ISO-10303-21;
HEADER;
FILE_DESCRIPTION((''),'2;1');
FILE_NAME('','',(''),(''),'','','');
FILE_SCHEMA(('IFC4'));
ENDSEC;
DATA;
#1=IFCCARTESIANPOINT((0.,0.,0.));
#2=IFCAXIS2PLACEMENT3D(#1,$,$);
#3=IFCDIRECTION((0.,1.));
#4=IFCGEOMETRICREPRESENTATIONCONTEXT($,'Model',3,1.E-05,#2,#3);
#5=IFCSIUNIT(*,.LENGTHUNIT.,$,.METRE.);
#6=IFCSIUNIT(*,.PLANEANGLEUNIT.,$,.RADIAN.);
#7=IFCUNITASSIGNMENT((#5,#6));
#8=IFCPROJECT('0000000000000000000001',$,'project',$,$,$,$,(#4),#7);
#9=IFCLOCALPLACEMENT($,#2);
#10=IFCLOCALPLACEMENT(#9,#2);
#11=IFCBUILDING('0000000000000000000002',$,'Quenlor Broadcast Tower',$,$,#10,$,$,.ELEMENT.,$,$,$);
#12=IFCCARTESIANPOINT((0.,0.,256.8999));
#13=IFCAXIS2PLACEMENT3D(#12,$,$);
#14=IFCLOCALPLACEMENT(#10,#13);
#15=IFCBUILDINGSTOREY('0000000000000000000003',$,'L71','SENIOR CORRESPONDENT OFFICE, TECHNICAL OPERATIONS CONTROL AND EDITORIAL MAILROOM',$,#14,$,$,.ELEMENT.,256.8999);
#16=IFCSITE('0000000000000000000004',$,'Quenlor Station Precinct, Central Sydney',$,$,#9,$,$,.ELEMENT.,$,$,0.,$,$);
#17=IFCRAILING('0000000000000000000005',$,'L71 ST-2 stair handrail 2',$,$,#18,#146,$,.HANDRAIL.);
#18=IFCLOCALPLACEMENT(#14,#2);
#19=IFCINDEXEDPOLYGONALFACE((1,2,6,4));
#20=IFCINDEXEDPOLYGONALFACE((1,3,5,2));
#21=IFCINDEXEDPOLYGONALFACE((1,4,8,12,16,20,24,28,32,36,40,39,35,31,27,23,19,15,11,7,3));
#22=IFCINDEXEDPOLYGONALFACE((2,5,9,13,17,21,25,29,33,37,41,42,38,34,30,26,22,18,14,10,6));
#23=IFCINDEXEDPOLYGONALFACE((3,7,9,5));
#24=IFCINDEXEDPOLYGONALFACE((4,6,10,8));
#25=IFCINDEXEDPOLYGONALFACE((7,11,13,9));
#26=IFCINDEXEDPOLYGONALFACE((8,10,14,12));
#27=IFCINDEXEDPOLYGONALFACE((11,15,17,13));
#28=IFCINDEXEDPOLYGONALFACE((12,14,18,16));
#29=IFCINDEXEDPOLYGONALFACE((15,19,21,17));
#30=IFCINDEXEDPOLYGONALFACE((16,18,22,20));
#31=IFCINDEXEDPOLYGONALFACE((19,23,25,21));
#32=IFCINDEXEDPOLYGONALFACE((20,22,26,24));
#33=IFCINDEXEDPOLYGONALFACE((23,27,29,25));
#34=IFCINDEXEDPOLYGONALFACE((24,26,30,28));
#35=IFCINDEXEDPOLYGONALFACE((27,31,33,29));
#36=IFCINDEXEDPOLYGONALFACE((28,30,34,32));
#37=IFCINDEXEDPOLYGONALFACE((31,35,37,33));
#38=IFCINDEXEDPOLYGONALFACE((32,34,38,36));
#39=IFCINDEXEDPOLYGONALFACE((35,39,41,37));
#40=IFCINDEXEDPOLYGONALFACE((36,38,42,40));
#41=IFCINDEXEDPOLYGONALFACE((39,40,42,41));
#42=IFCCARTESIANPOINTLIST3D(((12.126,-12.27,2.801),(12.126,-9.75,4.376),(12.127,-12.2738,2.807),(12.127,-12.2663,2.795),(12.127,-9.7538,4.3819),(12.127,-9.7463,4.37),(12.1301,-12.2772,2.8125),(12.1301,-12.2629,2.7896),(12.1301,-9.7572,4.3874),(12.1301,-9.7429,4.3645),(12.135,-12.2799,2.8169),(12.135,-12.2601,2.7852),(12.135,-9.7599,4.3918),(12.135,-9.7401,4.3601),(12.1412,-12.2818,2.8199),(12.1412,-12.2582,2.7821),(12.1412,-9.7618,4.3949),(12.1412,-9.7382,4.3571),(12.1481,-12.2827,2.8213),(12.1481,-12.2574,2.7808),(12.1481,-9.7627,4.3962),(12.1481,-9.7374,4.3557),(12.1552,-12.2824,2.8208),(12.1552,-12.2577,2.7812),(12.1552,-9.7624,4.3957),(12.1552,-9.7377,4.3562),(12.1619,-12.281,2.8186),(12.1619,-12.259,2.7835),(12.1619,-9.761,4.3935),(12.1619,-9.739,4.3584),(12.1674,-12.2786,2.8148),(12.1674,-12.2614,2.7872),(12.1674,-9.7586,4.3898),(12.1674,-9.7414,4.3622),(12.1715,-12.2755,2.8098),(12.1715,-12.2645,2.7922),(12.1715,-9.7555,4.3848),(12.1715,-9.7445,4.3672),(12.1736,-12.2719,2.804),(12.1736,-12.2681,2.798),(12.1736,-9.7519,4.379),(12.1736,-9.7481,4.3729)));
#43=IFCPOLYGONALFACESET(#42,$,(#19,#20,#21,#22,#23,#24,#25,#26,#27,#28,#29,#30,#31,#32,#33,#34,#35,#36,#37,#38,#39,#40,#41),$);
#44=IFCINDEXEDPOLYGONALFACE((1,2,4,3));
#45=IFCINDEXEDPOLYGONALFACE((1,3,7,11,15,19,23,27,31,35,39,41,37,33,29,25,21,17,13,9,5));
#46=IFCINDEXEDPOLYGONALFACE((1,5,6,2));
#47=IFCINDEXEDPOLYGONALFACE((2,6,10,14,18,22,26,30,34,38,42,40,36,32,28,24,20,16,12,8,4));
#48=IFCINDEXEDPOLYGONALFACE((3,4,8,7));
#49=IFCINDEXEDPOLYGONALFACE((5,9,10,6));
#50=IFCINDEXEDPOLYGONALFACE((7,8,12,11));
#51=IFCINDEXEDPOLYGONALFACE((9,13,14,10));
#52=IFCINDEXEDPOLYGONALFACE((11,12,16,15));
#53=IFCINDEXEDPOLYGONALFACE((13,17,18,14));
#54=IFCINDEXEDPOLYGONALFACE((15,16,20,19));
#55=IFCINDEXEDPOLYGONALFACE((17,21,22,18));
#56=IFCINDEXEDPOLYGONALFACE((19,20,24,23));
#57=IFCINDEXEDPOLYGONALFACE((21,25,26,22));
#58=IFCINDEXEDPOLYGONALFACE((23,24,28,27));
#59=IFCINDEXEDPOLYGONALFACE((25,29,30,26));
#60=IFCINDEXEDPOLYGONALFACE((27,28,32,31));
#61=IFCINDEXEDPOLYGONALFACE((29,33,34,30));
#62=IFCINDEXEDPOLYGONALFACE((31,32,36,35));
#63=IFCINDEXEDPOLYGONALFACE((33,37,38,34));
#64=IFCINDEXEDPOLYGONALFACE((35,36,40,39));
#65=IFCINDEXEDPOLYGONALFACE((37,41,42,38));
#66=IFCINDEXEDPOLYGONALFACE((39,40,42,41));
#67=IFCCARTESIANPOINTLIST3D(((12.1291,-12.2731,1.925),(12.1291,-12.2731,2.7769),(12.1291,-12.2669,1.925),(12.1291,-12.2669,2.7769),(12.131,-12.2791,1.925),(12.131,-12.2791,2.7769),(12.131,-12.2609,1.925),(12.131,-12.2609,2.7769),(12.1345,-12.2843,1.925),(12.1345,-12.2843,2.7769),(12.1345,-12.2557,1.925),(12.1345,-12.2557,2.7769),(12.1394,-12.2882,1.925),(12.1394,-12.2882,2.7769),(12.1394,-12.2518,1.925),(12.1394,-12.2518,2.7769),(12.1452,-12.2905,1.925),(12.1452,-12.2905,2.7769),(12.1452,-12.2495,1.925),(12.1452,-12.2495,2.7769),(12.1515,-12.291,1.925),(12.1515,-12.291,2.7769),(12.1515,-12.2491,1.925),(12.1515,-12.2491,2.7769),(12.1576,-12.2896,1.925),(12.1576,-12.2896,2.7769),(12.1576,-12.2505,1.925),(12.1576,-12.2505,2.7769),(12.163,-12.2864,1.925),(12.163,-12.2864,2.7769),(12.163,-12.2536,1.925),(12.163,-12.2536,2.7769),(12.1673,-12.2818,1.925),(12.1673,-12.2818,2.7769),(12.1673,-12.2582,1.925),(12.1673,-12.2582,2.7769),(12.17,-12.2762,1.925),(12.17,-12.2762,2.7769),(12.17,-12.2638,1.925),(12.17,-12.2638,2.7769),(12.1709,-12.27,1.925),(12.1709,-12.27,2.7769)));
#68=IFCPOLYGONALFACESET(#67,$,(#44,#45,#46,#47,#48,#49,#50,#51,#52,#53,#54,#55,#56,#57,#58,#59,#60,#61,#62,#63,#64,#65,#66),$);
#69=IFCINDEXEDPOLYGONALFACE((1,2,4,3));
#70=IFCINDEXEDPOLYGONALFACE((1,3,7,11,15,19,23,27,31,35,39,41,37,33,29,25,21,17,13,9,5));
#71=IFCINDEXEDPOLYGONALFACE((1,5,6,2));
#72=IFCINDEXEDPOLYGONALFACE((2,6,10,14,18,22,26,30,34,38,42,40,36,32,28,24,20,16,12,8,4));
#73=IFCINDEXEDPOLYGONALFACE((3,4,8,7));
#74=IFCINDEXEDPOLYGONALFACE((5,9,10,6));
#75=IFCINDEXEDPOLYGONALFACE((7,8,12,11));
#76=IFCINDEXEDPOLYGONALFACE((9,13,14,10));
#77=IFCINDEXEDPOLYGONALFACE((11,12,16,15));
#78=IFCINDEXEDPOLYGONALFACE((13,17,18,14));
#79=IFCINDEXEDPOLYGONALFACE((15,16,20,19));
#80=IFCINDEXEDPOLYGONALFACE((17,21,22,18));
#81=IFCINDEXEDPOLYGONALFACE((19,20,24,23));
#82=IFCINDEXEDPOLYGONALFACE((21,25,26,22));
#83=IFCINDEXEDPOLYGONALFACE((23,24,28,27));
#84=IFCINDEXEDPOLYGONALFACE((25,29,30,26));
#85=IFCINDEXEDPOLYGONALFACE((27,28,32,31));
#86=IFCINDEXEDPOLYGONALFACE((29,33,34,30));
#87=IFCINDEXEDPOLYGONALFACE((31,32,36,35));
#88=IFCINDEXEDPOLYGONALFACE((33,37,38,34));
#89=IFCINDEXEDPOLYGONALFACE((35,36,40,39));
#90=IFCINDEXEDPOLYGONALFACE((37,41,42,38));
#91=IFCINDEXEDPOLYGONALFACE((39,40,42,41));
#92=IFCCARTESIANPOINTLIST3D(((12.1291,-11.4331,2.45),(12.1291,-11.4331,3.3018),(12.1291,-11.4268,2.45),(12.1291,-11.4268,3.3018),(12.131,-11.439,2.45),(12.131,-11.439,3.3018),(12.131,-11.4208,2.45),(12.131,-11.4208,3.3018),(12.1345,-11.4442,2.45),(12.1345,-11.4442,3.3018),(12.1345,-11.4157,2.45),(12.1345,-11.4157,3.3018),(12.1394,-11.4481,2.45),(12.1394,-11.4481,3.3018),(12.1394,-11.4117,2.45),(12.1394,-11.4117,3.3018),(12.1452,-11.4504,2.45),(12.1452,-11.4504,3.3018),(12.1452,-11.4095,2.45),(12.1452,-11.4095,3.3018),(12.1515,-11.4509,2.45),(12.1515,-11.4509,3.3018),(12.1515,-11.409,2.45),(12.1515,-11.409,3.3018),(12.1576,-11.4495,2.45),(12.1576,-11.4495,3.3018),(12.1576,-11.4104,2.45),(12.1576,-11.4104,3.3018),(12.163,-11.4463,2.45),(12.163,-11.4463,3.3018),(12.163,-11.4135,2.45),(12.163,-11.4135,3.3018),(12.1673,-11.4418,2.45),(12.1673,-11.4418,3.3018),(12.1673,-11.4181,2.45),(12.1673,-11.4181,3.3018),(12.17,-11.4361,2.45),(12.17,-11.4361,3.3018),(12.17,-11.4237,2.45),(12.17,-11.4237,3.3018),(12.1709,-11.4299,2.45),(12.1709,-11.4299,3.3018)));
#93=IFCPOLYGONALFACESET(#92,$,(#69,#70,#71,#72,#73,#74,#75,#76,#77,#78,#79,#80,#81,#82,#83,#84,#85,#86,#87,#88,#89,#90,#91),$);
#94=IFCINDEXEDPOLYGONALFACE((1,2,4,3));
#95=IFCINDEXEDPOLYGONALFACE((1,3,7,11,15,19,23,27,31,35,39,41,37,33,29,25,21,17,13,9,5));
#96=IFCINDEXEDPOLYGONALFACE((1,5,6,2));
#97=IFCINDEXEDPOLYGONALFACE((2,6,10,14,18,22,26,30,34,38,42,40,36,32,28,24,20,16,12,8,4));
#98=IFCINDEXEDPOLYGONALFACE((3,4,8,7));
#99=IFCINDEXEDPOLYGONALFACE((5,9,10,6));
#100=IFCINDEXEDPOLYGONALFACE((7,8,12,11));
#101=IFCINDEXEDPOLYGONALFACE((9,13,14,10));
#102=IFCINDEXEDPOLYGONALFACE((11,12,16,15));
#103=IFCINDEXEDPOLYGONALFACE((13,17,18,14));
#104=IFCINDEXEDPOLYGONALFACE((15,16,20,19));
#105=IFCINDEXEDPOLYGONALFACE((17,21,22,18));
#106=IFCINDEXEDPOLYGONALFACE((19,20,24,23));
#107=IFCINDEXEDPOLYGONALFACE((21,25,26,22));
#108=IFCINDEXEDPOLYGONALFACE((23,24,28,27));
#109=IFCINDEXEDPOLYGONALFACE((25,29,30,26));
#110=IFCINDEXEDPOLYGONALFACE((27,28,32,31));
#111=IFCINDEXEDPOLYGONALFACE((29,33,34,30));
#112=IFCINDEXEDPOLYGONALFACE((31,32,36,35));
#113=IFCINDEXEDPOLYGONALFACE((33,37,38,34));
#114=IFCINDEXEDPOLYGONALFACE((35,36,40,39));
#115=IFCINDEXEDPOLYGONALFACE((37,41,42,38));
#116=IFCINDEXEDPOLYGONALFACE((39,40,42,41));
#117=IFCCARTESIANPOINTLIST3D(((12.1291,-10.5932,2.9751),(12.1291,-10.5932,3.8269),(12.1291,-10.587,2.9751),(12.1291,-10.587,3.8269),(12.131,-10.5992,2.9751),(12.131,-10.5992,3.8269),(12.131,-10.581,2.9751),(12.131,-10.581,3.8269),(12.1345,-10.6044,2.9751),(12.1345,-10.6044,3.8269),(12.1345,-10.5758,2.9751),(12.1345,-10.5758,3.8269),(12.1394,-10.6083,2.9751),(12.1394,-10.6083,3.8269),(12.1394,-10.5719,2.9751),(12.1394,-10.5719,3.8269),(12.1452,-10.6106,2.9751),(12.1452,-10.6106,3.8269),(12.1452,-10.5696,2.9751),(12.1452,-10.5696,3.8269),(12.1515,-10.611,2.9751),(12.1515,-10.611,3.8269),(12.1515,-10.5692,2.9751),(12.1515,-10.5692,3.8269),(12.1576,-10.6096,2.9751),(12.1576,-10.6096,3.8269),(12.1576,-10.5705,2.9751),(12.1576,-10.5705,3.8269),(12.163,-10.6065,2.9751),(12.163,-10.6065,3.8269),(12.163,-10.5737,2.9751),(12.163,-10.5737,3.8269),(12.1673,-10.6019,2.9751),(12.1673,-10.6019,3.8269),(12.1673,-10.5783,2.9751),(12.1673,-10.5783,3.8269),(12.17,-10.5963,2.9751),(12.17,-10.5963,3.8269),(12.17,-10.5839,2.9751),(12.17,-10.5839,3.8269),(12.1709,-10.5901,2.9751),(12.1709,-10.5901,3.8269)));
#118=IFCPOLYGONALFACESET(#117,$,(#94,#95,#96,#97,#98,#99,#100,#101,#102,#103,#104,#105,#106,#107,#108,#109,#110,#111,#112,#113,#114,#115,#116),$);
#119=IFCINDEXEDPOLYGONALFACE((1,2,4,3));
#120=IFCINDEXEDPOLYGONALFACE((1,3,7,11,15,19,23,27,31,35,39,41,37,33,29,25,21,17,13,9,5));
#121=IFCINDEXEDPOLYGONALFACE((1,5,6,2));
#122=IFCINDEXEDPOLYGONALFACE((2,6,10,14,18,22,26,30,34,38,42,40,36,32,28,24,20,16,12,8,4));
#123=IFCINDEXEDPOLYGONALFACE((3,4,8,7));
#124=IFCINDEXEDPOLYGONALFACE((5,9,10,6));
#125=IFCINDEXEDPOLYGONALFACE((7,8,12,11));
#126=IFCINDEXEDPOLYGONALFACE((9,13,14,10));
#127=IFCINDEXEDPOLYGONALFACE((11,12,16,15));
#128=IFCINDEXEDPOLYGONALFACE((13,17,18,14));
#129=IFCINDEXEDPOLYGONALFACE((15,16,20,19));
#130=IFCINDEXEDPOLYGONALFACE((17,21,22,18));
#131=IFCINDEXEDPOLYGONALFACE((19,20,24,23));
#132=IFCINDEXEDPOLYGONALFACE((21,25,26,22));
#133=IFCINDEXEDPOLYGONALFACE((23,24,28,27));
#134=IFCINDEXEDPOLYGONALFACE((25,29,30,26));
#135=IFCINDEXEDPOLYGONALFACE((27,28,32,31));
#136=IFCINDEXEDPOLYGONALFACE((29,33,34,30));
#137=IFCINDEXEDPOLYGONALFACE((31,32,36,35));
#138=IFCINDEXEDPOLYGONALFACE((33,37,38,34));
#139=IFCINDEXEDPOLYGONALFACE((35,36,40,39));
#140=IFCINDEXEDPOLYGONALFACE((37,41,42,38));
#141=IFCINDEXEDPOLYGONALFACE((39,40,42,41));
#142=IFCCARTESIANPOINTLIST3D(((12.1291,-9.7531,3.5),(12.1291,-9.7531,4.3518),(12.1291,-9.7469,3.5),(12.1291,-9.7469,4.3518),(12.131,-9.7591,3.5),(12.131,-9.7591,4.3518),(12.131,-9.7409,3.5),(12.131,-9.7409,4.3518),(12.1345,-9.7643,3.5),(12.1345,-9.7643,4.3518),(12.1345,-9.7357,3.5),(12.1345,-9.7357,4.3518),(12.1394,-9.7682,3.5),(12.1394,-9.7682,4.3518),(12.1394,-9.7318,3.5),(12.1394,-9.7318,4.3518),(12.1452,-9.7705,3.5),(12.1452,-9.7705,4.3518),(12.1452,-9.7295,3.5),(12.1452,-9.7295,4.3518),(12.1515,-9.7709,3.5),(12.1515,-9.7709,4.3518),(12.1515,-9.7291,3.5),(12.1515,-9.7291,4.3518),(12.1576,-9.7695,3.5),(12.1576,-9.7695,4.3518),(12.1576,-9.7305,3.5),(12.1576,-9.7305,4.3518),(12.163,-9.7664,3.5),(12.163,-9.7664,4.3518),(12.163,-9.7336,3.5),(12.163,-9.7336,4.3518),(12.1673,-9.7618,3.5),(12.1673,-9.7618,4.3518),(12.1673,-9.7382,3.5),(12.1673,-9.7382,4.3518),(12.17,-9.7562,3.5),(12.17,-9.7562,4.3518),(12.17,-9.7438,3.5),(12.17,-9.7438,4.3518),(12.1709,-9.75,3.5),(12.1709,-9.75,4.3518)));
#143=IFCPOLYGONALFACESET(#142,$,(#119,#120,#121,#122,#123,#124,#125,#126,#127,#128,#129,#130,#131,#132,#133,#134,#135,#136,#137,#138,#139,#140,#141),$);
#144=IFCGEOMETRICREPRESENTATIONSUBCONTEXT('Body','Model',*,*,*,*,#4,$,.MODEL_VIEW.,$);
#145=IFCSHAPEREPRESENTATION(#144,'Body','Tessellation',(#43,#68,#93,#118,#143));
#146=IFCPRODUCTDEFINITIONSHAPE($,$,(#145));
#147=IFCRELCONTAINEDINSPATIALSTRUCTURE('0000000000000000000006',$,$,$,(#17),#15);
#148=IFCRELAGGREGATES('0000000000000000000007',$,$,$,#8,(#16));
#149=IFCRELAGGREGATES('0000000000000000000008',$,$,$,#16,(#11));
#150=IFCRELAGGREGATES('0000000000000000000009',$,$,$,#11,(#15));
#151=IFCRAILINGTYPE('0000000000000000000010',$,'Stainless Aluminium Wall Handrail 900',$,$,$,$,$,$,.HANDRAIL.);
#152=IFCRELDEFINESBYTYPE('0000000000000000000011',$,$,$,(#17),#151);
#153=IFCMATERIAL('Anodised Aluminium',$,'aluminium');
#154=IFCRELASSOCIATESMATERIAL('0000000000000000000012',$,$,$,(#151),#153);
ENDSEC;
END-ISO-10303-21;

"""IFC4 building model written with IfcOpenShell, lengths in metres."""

from ifc_helpers import new_model, si_unit, direction, frame, origin, origin_2d, place, context, subcontext, project, spatial, circle, extrude, material, type_object, element, save


model = new_model("IFC4")

# Units and contexts
model_context = context("Model", 3, precision=1e-05, world=origin(), true_north=direction((0.0, 1.0)))
body_context = subcontext(model_context, "Body", "Model", "MODEL_VIEW")
ifc_project = project(units=[si_unit("LENGTHUNIT", "METRE"), si_unit("PLANEANGLEUNIT", "RADIAN")], contexts=[model_context])

# Site, building, storey
site_placement = place(None, origin())
site = spatial("IfcSite", under=ifc_project, at=site_placement, Name="Quenlor Station Precinct, Central Sydney", CompositionType="ELEMENT", RefElevation=0.0)
building_placement = place(site_placement, origin())
building = spatial("IfcBuilding", under=site, at=building_placement, Name="Quenlor Broadcast Tower", CompositionType="ELEMENT")
storey_placement = place(building_placement, frame((0.0, 0.0, 256.8999)))
storey = spatial("IfcBuildingStorey", under=building, at=storey_placement, Name="L71", Description="SENIOR CORRESPONDENT OFFICE, TECHNICAL OPERATIONS CONTROL AND EDITORIAL MAILROOM", CompositionType="ELEMENT", Elevation=256.8999)

# Railing
ifc_material_1 = material(Name="Anodised Aluminium", Category="aluminium")
railing_type_1 = type_object("IfcRailingType", Name="Stainless Aluminium Wall Handrail 900", PredefinedType="HANDRAIL", material=ifc_material_1)
railing_1_placement = place(storey_placement, frame((12.1499, -12.27, 1.925)))
element("IfcRailing", 1, at=railing_1_placement, inside=storey, type_object=railing_type_1, Name="L71 ST-2 stair handrail 2", PredefinedType="HANDRAIL", context=body_context, shape_type="SweptSolid", body=[
    extrude(circle(Radius=0.0239, at=origin_2d()), frame((0.0, 0.0, 0.876), z_axis=(0.0, 0.848008, 0.529984), x_axis=(-1.0, 0.0, 0.0)), (0.0, 0.0, 1.0), 2.9717),
    extrude(circle(Radius=0.021, at=origin_2d()), origin(), (0.0, 0.0, 1.0), 0.8518),
    extrude(circle(Radius=0.021, at=origin_2d()), frame((0.0, 0.8401, 0.5249)), (0.0, 0.0, 1.0), 0.8518),
    extrude(circle(Radius=0.021, at=origin_2d()), frame((0.0, 1.6799, 1.05)), (0.0, 0.0, 1.0), 0.8518),
    extrude(circle(Radius=0.021, at=origin_2d()), frame((0.0, 2.52, 1.575)), (0.0, 0.0, 1.0), 0.8518),
])

save(model, "model.ifc")
